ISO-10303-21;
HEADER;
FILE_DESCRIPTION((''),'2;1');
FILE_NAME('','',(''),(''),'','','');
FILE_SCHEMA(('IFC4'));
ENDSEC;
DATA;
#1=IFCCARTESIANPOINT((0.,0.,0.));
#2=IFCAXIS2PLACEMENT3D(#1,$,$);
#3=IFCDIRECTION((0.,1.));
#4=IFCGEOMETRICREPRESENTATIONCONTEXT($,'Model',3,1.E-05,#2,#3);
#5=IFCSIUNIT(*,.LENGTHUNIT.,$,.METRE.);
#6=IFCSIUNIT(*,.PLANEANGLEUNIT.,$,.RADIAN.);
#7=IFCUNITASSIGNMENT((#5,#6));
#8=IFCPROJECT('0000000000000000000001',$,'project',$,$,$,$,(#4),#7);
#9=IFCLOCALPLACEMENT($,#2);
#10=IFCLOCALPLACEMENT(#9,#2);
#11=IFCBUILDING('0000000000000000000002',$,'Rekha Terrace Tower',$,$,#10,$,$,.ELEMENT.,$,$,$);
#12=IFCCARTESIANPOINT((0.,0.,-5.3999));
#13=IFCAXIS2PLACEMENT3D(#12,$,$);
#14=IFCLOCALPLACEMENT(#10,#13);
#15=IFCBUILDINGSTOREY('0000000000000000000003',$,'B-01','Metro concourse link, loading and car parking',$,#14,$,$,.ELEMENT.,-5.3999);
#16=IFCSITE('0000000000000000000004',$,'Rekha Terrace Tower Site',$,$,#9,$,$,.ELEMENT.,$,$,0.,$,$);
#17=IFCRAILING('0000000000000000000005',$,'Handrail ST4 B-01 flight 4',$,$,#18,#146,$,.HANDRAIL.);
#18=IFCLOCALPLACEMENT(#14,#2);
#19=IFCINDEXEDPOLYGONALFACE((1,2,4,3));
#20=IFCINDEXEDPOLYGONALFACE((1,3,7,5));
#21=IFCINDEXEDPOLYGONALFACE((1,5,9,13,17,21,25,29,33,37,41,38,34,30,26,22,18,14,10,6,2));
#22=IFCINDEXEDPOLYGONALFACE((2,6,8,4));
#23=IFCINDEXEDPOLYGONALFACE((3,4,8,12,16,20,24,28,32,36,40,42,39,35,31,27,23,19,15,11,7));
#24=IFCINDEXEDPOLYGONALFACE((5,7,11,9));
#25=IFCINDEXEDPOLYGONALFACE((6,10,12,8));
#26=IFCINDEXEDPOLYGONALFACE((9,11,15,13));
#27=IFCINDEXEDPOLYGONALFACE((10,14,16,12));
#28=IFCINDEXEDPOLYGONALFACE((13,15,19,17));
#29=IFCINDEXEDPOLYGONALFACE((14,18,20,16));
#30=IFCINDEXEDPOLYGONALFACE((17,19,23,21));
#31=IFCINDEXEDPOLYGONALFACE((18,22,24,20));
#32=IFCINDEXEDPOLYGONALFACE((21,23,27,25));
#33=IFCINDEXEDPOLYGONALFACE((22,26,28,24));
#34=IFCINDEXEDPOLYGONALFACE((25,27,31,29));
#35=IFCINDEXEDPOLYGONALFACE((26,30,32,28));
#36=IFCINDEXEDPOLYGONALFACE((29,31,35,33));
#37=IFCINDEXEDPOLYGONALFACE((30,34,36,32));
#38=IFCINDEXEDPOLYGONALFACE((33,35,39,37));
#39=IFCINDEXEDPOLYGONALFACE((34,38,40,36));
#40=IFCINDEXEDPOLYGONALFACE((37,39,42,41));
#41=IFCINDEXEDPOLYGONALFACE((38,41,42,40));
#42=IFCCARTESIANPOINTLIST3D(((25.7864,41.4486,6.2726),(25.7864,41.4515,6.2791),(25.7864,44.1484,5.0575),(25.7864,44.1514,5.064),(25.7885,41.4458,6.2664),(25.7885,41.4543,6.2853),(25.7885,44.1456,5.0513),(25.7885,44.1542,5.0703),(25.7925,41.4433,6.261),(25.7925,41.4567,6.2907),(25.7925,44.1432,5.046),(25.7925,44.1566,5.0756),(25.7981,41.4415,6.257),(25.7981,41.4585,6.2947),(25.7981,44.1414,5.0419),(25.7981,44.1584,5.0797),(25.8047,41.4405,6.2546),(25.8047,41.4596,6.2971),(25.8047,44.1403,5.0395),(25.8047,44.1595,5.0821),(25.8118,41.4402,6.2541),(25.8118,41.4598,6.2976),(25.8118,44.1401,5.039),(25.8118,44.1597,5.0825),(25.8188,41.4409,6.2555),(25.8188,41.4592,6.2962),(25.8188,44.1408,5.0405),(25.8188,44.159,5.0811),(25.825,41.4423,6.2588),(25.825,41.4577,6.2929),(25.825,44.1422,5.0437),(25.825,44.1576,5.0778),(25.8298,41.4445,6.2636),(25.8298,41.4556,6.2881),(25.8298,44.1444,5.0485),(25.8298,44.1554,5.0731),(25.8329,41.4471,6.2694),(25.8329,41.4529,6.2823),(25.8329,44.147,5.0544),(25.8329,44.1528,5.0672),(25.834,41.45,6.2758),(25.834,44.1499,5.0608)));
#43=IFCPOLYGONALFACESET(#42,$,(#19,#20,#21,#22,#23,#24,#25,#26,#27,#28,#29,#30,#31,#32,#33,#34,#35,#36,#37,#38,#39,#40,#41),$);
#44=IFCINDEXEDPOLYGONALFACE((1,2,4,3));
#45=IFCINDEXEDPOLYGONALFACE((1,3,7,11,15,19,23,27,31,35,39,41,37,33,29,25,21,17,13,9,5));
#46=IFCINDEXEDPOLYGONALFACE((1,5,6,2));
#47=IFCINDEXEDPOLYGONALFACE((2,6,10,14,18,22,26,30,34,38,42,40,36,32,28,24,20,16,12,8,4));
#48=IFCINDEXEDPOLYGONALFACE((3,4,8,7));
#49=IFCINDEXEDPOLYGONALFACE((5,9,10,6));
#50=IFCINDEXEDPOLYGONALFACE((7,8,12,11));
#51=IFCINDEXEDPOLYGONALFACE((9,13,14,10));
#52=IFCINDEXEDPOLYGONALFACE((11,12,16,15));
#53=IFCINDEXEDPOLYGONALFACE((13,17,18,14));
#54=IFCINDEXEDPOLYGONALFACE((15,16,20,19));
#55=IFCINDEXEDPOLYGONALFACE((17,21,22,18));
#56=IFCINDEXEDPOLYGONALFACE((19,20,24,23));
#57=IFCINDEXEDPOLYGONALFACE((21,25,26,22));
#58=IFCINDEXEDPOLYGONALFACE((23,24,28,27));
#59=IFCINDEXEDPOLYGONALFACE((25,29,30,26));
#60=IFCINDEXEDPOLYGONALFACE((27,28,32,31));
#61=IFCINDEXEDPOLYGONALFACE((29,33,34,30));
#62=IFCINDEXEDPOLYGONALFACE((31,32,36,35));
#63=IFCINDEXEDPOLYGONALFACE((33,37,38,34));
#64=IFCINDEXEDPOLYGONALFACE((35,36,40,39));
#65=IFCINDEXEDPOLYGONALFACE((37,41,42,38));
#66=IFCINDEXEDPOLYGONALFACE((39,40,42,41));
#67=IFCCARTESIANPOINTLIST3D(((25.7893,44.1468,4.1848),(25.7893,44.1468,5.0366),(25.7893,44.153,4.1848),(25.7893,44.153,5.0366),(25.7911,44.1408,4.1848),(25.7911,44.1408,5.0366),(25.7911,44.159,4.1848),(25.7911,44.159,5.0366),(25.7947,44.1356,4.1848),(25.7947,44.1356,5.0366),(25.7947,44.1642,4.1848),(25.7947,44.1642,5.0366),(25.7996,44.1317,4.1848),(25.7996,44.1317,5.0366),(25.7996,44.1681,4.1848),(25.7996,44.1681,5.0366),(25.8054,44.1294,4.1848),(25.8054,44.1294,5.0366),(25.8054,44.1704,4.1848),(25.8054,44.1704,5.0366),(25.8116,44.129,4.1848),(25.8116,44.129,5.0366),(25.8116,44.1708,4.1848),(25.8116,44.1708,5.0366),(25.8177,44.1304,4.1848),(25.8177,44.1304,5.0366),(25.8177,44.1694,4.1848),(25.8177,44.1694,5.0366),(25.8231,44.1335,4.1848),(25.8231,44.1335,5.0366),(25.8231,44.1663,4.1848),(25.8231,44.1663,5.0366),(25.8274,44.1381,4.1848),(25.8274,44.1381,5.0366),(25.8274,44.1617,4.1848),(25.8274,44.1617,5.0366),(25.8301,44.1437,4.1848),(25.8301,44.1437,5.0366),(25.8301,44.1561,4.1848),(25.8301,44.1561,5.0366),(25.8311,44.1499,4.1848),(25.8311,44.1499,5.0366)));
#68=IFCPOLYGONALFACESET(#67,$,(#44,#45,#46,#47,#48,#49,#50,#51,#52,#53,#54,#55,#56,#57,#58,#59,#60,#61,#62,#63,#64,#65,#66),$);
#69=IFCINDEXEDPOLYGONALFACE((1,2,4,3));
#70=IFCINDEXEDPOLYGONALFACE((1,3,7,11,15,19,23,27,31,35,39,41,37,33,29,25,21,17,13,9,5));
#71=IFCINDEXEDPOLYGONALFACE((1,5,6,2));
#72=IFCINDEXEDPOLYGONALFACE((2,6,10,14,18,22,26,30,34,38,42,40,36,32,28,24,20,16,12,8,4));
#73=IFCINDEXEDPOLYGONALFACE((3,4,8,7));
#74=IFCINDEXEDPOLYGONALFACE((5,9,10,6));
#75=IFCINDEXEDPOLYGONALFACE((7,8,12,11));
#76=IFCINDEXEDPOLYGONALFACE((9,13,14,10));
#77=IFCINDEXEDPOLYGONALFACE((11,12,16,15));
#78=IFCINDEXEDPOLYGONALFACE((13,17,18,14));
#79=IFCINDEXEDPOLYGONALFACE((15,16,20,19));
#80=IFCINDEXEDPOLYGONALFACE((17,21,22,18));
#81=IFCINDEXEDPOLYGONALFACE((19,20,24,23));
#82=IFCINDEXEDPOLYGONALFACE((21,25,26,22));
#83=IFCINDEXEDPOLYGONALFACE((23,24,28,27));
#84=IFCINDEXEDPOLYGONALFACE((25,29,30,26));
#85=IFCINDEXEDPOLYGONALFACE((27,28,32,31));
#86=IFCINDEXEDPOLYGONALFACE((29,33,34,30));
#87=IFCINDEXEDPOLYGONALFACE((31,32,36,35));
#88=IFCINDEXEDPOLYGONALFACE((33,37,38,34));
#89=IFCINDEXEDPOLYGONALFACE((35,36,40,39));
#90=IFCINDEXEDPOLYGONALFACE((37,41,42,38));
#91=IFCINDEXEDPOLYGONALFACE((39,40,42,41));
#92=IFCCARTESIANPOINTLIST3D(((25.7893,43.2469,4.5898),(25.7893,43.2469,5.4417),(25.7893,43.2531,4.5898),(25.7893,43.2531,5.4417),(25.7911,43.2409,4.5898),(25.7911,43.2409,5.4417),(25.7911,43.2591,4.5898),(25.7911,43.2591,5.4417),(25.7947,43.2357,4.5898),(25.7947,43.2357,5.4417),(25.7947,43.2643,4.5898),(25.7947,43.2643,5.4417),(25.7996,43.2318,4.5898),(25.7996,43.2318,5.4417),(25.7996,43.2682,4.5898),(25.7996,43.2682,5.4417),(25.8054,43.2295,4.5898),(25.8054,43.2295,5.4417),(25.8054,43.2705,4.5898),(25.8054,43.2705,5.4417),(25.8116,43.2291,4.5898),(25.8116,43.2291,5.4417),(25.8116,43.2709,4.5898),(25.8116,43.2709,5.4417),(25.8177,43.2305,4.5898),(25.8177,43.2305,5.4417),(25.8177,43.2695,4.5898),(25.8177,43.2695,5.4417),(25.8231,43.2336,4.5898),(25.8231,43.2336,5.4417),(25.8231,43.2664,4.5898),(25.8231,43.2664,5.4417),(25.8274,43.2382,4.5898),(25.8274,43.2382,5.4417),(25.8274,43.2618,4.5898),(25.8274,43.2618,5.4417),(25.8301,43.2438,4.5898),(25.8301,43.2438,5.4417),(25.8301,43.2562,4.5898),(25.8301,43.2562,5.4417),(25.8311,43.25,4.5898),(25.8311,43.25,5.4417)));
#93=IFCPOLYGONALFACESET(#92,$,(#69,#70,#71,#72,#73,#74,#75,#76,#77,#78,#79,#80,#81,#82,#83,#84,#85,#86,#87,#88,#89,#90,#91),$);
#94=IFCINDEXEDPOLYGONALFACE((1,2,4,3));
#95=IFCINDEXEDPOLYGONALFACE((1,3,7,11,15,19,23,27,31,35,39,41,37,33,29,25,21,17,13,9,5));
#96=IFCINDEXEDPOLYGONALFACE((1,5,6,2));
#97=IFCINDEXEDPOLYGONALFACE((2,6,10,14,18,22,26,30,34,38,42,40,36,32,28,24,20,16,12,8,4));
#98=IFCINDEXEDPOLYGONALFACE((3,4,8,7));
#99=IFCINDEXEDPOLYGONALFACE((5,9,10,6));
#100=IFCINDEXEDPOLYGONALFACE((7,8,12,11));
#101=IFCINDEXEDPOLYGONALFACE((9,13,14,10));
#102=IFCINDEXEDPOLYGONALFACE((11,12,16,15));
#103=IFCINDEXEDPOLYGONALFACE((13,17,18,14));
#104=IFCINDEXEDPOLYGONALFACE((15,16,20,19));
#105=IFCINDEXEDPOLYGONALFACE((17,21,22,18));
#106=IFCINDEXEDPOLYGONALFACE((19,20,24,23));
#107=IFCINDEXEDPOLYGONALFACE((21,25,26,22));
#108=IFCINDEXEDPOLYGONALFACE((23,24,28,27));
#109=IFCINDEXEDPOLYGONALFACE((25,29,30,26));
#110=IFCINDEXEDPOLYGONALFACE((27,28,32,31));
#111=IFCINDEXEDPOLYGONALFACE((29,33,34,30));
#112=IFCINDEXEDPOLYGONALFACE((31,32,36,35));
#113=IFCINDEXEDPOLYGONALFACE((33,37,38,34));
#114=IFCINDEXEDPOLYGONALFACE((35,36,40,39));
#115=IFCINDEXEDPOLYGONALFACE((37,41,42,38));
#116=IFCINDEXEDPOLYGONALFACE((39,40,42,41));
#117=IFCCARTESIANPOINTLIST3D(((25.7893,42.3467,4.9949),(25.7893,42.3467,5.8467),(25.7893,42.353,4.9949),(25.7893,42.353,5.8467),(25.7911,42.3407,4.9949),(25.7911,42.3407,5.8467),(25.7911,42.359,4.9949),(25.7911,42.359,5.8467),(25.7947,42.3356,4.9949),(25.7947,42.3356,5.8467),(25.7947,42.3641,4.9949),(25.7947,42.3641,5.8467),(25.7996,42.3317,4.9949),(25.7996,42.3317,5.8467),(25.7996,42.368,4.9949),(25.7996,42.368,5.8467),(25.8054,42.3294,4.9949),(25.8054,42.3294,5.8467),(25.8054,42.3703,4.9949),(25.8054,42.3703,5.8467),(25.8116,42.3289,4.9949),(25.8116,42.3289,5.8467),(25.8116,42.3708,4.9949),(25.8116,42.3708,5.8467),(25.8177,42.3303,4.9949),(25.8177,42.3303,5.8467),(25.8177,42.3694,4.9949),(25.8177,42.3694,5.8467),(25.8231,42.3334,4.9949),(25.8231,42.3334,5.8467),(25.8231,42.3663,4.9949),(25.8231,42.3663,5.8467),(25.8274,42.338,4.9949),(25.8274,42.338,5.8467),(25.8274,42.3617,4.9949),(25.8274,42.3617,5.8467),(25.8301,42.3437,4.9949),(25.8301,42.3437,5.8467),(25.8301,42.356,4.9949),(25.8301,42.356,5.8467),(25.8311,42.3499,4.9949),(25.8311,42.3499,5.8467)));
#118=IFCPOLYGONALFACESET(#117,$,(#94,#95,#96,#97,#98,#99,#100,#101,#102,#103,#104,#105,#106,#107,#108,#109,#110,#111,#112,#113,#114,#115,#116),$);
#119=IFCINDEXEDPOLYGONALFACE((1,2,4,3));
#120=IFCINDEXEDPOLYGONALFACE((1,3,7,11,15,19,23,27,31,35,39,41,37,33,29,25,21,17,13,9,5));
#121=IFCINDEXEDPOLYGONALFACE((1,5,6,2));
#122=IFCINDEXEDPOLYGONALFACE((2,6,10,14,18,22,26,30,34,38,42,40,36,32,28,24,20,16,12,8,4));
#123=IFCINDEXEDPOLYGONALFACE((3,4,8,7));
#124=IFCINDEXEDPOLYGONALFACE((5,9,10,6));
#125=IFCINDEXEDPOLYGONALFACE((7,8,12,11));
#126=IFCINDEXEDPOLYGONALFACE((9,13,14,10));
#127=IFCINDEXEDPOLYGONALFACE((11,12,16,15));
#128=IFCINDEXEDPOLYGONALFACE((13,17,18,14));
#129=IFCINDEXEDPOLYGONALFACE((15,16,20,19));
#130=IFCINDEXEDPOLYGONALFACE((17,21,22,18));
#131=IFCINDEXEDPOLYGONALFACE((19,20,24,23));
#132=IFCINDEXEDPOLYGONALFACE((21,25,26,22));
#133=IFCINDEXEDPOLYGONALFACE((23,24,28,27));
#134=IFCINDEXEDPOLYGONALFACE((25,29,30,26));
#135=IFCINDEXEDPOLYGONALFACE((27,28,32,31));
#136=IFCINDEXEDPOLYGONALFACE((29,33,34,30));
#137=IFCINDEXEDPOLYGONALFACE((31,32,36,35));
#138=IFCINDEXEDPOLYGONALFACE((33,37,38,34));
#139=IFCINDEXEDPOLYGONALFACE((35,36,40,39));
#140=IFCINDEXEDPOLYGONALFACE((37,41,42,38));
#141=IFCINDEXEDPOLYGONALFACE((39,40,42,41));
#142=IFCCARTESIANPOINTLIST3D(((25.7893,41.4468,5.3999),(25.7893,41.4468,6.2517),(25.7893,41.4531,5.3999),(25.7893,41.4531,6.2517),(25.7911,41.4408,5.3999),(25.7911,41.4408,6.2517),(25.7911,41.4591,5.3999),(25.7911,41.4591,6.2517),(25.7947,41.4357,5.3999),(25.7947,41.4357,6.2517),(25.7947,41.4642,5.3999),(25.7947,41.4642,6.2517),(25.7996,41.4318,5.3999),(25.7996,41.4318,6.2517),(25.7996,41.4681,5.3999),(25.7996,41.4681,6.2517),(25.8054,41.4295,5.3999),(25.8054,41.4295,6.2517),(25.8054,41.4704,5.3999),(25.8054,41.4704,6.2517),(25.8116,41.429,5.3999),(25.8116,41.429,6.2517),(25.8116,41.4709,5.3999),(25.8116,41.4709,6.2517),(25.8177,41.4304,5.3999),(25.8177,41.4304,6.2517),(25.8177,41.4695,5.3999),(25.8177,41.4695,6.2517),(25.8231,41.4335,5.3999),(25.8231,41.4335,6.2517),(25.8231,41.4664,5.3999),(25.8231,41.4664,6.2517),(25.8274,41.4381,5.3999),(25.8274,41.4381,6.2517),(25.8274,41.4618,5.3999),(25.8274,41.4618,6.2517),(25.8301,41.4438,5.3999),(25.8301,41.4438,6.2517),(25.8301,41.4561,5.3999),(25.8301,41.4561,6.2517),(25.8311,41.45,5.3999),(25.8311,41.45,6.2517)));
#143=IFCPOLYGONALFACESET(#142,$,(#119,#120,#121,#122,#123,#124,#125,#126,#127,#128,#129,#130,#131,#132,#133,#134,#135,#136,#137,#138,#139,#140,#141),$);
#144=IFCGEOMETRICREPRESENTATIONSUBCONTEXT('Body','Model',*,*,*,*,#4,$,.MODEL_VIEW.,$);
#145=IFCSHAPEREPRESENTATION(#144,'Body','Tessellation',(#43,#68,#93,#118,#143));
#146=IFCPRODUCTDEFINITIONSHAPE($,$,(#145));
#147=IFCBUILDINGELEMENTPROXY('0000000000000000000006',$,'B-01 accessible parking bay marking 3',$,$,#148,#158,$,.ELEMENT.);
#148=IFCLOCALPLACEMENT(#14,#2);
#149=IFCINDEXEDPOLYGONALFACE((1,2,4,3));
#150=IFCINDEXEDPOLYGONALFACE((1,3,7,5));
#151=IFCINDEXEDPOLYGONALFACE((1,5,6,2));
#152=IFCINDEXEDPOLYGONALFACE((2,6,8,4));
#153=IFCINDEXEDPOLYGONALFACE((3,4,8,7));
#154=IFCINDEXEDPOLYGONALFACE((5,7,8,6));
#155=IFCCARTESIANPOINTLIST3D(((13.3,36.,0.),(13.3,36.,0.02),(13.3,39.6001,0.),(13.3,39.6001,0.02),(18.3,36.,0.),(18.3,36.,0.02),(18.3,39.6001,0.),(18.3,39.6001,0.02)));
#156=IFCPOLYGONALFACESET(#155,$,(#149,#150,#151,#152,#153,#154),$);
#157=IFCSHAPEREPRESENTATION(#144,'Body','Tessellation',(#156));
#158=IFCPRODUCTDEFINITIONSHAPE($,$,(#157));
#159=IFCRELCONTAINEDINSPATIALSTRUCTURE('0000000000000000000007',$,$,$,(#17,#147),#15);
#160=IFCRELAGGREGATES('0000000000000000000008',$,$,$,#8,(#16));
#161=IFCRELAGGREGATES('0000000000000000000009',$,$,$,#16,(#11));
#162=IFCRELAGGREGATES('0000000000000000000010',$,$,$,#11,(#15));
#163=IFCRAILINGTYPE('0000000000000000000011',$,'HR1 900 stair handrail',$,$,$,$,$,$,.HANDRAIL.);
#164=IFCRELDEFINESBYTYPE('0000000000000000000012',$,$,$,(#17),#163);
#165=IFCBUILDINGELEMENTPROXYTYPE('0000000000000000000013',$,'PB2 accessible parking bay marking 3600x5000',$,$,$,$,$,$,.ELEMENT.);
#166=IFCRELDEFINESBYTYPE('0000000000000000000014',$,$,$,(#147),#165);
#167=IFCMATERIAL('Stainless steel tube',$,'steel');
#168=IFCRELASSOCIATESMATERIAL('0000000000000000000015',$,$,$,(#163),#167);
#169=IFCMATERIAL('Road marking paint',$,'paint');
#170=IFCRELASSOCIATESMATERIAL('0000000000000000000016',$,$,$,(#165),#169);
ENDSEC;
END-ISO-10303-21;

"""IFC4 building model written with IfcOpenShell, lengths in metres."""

from ifc_helpers import new_model, si_unit, direction, frame, origin, origin_2d, place, context, subcontext, project, spatial, rectangle, circle, extrude, material, type_object, element, save


model = new_model("IFC4")

# Units and contexts
model_context = context("Model", 3, precision=1e-05, world=origin(), true_north=direction((0.0, 1.0)))
body_context = subcontext(model_context, "Body", "Model", "MODEL_VIEW")
ifc_project = project(units=[si_unit("LENGTHUNIT", "METRE"), si_unit("PLANEANGLEUNIT", "RADIAN")], contexts=[model_context])

# Site, building, storey
site_placement = place(None, origin())
site = spatial("IfcSite", under=ifc_project, at=site_placement, Name="Rekha Terrace Tower Site", CompositionType="ELEMENT", RefElevation=0.0)
building_placement = place(site_placement, origin())
building = spatial("IfcBuilding", under=site, at=building_placement, Name="Rekha Terrace Tower", CompositionType="ELEMENT")
storey_placement = place(building_placement, frame((0.0, 0.0, -5.3999)))
storey = spatial("IfcBuildingStorey", under=building, at=storey_placement, Name="B-01", Description="Metro concourse link, loading and car parking", CompositionType="ELEMENT", Elevation=-5.3999)

# Railing
ifc_material_1 = material(Name="Stainless steel tube", Category="steel")
railing_type_1 = type_object("IfcRailingType", Name="HR1 900 stair handrail", PredefinedType="HANDRAIL", material=ifc_material_1)
railing_1_placement = place(storey_placement, frame((25.8101, 44.1499, 4.1848)))
element("IfcRailing", 1, at=railing_1_placement, inside=storey, type_object=railing_type_1, Name="Handrail ST4 B-01 flight 4", PredefinedType="HANDRAIL", context=body_context, shape_type="SweptSolid", body=[
    extrude(circle(Radius=0.0239, at=origin_2d()), frame((0.0, 0.0, 0.876), z_axis=(0.0, -0.911908, 0.410396), x_axis=(1.0, 0.0, 0.0)), (0.0, 0.0, 1.0), 2.9607),
    extrude(circle(Radius=0.021, at=origin_2d()), origin(), (0.0, 0.0, 1.0), 0.8518),
    extrude(circle(Radius=0.021, at=origin_2d()), frame((0.0, -0.8999, 0.405)), (0.0, 0.0, 1.0), 0.8518),
    extrude(circle(Radius=0.021, at=origin_2d()), frame((0.0, -1.8, 0.8101)), (0.0, 0.0, 1.0), 0.8518),
    extrude(circle(Radius=0.021, at=origin_2d()), frame((0.0, -2.7, 1.2151)), (0.0, 0.0, 1.0), 0.8518),
])

# Building element proxy
ifc_material_2 = material(Name="Road marking paint", Category="paint")
building_element_proxy_type = type_object("IfcBuildingElementProxyType", Name="PB2 accessible parking bay marking 3600x5000", PredefinedType="ELEMENT", material=ifc_material_2)
proxy_placement = place(storey_placement, frame((15.8, 37.8, 0.0), z_axis=(0.0, 0.0, 1.0), x_axis=(1.0, 0.0, 0.0)))
element("IfcBuildingElementProxy", 2, at=proxy_placement, inside=storey, type_object=building_element_proxy_type, Name="B-01 accessible parking bay marking 3", PredefinedType="ELEMENT", context=body_context, shape_type="SweptSolid", body=[
    extrude(rectangle(XDim=5.0, YDim=3.6001, at=origin_2d()), origin(), (0.0, 0.0, 1.0), 0.02),
])

save(model, "model.ifc")
